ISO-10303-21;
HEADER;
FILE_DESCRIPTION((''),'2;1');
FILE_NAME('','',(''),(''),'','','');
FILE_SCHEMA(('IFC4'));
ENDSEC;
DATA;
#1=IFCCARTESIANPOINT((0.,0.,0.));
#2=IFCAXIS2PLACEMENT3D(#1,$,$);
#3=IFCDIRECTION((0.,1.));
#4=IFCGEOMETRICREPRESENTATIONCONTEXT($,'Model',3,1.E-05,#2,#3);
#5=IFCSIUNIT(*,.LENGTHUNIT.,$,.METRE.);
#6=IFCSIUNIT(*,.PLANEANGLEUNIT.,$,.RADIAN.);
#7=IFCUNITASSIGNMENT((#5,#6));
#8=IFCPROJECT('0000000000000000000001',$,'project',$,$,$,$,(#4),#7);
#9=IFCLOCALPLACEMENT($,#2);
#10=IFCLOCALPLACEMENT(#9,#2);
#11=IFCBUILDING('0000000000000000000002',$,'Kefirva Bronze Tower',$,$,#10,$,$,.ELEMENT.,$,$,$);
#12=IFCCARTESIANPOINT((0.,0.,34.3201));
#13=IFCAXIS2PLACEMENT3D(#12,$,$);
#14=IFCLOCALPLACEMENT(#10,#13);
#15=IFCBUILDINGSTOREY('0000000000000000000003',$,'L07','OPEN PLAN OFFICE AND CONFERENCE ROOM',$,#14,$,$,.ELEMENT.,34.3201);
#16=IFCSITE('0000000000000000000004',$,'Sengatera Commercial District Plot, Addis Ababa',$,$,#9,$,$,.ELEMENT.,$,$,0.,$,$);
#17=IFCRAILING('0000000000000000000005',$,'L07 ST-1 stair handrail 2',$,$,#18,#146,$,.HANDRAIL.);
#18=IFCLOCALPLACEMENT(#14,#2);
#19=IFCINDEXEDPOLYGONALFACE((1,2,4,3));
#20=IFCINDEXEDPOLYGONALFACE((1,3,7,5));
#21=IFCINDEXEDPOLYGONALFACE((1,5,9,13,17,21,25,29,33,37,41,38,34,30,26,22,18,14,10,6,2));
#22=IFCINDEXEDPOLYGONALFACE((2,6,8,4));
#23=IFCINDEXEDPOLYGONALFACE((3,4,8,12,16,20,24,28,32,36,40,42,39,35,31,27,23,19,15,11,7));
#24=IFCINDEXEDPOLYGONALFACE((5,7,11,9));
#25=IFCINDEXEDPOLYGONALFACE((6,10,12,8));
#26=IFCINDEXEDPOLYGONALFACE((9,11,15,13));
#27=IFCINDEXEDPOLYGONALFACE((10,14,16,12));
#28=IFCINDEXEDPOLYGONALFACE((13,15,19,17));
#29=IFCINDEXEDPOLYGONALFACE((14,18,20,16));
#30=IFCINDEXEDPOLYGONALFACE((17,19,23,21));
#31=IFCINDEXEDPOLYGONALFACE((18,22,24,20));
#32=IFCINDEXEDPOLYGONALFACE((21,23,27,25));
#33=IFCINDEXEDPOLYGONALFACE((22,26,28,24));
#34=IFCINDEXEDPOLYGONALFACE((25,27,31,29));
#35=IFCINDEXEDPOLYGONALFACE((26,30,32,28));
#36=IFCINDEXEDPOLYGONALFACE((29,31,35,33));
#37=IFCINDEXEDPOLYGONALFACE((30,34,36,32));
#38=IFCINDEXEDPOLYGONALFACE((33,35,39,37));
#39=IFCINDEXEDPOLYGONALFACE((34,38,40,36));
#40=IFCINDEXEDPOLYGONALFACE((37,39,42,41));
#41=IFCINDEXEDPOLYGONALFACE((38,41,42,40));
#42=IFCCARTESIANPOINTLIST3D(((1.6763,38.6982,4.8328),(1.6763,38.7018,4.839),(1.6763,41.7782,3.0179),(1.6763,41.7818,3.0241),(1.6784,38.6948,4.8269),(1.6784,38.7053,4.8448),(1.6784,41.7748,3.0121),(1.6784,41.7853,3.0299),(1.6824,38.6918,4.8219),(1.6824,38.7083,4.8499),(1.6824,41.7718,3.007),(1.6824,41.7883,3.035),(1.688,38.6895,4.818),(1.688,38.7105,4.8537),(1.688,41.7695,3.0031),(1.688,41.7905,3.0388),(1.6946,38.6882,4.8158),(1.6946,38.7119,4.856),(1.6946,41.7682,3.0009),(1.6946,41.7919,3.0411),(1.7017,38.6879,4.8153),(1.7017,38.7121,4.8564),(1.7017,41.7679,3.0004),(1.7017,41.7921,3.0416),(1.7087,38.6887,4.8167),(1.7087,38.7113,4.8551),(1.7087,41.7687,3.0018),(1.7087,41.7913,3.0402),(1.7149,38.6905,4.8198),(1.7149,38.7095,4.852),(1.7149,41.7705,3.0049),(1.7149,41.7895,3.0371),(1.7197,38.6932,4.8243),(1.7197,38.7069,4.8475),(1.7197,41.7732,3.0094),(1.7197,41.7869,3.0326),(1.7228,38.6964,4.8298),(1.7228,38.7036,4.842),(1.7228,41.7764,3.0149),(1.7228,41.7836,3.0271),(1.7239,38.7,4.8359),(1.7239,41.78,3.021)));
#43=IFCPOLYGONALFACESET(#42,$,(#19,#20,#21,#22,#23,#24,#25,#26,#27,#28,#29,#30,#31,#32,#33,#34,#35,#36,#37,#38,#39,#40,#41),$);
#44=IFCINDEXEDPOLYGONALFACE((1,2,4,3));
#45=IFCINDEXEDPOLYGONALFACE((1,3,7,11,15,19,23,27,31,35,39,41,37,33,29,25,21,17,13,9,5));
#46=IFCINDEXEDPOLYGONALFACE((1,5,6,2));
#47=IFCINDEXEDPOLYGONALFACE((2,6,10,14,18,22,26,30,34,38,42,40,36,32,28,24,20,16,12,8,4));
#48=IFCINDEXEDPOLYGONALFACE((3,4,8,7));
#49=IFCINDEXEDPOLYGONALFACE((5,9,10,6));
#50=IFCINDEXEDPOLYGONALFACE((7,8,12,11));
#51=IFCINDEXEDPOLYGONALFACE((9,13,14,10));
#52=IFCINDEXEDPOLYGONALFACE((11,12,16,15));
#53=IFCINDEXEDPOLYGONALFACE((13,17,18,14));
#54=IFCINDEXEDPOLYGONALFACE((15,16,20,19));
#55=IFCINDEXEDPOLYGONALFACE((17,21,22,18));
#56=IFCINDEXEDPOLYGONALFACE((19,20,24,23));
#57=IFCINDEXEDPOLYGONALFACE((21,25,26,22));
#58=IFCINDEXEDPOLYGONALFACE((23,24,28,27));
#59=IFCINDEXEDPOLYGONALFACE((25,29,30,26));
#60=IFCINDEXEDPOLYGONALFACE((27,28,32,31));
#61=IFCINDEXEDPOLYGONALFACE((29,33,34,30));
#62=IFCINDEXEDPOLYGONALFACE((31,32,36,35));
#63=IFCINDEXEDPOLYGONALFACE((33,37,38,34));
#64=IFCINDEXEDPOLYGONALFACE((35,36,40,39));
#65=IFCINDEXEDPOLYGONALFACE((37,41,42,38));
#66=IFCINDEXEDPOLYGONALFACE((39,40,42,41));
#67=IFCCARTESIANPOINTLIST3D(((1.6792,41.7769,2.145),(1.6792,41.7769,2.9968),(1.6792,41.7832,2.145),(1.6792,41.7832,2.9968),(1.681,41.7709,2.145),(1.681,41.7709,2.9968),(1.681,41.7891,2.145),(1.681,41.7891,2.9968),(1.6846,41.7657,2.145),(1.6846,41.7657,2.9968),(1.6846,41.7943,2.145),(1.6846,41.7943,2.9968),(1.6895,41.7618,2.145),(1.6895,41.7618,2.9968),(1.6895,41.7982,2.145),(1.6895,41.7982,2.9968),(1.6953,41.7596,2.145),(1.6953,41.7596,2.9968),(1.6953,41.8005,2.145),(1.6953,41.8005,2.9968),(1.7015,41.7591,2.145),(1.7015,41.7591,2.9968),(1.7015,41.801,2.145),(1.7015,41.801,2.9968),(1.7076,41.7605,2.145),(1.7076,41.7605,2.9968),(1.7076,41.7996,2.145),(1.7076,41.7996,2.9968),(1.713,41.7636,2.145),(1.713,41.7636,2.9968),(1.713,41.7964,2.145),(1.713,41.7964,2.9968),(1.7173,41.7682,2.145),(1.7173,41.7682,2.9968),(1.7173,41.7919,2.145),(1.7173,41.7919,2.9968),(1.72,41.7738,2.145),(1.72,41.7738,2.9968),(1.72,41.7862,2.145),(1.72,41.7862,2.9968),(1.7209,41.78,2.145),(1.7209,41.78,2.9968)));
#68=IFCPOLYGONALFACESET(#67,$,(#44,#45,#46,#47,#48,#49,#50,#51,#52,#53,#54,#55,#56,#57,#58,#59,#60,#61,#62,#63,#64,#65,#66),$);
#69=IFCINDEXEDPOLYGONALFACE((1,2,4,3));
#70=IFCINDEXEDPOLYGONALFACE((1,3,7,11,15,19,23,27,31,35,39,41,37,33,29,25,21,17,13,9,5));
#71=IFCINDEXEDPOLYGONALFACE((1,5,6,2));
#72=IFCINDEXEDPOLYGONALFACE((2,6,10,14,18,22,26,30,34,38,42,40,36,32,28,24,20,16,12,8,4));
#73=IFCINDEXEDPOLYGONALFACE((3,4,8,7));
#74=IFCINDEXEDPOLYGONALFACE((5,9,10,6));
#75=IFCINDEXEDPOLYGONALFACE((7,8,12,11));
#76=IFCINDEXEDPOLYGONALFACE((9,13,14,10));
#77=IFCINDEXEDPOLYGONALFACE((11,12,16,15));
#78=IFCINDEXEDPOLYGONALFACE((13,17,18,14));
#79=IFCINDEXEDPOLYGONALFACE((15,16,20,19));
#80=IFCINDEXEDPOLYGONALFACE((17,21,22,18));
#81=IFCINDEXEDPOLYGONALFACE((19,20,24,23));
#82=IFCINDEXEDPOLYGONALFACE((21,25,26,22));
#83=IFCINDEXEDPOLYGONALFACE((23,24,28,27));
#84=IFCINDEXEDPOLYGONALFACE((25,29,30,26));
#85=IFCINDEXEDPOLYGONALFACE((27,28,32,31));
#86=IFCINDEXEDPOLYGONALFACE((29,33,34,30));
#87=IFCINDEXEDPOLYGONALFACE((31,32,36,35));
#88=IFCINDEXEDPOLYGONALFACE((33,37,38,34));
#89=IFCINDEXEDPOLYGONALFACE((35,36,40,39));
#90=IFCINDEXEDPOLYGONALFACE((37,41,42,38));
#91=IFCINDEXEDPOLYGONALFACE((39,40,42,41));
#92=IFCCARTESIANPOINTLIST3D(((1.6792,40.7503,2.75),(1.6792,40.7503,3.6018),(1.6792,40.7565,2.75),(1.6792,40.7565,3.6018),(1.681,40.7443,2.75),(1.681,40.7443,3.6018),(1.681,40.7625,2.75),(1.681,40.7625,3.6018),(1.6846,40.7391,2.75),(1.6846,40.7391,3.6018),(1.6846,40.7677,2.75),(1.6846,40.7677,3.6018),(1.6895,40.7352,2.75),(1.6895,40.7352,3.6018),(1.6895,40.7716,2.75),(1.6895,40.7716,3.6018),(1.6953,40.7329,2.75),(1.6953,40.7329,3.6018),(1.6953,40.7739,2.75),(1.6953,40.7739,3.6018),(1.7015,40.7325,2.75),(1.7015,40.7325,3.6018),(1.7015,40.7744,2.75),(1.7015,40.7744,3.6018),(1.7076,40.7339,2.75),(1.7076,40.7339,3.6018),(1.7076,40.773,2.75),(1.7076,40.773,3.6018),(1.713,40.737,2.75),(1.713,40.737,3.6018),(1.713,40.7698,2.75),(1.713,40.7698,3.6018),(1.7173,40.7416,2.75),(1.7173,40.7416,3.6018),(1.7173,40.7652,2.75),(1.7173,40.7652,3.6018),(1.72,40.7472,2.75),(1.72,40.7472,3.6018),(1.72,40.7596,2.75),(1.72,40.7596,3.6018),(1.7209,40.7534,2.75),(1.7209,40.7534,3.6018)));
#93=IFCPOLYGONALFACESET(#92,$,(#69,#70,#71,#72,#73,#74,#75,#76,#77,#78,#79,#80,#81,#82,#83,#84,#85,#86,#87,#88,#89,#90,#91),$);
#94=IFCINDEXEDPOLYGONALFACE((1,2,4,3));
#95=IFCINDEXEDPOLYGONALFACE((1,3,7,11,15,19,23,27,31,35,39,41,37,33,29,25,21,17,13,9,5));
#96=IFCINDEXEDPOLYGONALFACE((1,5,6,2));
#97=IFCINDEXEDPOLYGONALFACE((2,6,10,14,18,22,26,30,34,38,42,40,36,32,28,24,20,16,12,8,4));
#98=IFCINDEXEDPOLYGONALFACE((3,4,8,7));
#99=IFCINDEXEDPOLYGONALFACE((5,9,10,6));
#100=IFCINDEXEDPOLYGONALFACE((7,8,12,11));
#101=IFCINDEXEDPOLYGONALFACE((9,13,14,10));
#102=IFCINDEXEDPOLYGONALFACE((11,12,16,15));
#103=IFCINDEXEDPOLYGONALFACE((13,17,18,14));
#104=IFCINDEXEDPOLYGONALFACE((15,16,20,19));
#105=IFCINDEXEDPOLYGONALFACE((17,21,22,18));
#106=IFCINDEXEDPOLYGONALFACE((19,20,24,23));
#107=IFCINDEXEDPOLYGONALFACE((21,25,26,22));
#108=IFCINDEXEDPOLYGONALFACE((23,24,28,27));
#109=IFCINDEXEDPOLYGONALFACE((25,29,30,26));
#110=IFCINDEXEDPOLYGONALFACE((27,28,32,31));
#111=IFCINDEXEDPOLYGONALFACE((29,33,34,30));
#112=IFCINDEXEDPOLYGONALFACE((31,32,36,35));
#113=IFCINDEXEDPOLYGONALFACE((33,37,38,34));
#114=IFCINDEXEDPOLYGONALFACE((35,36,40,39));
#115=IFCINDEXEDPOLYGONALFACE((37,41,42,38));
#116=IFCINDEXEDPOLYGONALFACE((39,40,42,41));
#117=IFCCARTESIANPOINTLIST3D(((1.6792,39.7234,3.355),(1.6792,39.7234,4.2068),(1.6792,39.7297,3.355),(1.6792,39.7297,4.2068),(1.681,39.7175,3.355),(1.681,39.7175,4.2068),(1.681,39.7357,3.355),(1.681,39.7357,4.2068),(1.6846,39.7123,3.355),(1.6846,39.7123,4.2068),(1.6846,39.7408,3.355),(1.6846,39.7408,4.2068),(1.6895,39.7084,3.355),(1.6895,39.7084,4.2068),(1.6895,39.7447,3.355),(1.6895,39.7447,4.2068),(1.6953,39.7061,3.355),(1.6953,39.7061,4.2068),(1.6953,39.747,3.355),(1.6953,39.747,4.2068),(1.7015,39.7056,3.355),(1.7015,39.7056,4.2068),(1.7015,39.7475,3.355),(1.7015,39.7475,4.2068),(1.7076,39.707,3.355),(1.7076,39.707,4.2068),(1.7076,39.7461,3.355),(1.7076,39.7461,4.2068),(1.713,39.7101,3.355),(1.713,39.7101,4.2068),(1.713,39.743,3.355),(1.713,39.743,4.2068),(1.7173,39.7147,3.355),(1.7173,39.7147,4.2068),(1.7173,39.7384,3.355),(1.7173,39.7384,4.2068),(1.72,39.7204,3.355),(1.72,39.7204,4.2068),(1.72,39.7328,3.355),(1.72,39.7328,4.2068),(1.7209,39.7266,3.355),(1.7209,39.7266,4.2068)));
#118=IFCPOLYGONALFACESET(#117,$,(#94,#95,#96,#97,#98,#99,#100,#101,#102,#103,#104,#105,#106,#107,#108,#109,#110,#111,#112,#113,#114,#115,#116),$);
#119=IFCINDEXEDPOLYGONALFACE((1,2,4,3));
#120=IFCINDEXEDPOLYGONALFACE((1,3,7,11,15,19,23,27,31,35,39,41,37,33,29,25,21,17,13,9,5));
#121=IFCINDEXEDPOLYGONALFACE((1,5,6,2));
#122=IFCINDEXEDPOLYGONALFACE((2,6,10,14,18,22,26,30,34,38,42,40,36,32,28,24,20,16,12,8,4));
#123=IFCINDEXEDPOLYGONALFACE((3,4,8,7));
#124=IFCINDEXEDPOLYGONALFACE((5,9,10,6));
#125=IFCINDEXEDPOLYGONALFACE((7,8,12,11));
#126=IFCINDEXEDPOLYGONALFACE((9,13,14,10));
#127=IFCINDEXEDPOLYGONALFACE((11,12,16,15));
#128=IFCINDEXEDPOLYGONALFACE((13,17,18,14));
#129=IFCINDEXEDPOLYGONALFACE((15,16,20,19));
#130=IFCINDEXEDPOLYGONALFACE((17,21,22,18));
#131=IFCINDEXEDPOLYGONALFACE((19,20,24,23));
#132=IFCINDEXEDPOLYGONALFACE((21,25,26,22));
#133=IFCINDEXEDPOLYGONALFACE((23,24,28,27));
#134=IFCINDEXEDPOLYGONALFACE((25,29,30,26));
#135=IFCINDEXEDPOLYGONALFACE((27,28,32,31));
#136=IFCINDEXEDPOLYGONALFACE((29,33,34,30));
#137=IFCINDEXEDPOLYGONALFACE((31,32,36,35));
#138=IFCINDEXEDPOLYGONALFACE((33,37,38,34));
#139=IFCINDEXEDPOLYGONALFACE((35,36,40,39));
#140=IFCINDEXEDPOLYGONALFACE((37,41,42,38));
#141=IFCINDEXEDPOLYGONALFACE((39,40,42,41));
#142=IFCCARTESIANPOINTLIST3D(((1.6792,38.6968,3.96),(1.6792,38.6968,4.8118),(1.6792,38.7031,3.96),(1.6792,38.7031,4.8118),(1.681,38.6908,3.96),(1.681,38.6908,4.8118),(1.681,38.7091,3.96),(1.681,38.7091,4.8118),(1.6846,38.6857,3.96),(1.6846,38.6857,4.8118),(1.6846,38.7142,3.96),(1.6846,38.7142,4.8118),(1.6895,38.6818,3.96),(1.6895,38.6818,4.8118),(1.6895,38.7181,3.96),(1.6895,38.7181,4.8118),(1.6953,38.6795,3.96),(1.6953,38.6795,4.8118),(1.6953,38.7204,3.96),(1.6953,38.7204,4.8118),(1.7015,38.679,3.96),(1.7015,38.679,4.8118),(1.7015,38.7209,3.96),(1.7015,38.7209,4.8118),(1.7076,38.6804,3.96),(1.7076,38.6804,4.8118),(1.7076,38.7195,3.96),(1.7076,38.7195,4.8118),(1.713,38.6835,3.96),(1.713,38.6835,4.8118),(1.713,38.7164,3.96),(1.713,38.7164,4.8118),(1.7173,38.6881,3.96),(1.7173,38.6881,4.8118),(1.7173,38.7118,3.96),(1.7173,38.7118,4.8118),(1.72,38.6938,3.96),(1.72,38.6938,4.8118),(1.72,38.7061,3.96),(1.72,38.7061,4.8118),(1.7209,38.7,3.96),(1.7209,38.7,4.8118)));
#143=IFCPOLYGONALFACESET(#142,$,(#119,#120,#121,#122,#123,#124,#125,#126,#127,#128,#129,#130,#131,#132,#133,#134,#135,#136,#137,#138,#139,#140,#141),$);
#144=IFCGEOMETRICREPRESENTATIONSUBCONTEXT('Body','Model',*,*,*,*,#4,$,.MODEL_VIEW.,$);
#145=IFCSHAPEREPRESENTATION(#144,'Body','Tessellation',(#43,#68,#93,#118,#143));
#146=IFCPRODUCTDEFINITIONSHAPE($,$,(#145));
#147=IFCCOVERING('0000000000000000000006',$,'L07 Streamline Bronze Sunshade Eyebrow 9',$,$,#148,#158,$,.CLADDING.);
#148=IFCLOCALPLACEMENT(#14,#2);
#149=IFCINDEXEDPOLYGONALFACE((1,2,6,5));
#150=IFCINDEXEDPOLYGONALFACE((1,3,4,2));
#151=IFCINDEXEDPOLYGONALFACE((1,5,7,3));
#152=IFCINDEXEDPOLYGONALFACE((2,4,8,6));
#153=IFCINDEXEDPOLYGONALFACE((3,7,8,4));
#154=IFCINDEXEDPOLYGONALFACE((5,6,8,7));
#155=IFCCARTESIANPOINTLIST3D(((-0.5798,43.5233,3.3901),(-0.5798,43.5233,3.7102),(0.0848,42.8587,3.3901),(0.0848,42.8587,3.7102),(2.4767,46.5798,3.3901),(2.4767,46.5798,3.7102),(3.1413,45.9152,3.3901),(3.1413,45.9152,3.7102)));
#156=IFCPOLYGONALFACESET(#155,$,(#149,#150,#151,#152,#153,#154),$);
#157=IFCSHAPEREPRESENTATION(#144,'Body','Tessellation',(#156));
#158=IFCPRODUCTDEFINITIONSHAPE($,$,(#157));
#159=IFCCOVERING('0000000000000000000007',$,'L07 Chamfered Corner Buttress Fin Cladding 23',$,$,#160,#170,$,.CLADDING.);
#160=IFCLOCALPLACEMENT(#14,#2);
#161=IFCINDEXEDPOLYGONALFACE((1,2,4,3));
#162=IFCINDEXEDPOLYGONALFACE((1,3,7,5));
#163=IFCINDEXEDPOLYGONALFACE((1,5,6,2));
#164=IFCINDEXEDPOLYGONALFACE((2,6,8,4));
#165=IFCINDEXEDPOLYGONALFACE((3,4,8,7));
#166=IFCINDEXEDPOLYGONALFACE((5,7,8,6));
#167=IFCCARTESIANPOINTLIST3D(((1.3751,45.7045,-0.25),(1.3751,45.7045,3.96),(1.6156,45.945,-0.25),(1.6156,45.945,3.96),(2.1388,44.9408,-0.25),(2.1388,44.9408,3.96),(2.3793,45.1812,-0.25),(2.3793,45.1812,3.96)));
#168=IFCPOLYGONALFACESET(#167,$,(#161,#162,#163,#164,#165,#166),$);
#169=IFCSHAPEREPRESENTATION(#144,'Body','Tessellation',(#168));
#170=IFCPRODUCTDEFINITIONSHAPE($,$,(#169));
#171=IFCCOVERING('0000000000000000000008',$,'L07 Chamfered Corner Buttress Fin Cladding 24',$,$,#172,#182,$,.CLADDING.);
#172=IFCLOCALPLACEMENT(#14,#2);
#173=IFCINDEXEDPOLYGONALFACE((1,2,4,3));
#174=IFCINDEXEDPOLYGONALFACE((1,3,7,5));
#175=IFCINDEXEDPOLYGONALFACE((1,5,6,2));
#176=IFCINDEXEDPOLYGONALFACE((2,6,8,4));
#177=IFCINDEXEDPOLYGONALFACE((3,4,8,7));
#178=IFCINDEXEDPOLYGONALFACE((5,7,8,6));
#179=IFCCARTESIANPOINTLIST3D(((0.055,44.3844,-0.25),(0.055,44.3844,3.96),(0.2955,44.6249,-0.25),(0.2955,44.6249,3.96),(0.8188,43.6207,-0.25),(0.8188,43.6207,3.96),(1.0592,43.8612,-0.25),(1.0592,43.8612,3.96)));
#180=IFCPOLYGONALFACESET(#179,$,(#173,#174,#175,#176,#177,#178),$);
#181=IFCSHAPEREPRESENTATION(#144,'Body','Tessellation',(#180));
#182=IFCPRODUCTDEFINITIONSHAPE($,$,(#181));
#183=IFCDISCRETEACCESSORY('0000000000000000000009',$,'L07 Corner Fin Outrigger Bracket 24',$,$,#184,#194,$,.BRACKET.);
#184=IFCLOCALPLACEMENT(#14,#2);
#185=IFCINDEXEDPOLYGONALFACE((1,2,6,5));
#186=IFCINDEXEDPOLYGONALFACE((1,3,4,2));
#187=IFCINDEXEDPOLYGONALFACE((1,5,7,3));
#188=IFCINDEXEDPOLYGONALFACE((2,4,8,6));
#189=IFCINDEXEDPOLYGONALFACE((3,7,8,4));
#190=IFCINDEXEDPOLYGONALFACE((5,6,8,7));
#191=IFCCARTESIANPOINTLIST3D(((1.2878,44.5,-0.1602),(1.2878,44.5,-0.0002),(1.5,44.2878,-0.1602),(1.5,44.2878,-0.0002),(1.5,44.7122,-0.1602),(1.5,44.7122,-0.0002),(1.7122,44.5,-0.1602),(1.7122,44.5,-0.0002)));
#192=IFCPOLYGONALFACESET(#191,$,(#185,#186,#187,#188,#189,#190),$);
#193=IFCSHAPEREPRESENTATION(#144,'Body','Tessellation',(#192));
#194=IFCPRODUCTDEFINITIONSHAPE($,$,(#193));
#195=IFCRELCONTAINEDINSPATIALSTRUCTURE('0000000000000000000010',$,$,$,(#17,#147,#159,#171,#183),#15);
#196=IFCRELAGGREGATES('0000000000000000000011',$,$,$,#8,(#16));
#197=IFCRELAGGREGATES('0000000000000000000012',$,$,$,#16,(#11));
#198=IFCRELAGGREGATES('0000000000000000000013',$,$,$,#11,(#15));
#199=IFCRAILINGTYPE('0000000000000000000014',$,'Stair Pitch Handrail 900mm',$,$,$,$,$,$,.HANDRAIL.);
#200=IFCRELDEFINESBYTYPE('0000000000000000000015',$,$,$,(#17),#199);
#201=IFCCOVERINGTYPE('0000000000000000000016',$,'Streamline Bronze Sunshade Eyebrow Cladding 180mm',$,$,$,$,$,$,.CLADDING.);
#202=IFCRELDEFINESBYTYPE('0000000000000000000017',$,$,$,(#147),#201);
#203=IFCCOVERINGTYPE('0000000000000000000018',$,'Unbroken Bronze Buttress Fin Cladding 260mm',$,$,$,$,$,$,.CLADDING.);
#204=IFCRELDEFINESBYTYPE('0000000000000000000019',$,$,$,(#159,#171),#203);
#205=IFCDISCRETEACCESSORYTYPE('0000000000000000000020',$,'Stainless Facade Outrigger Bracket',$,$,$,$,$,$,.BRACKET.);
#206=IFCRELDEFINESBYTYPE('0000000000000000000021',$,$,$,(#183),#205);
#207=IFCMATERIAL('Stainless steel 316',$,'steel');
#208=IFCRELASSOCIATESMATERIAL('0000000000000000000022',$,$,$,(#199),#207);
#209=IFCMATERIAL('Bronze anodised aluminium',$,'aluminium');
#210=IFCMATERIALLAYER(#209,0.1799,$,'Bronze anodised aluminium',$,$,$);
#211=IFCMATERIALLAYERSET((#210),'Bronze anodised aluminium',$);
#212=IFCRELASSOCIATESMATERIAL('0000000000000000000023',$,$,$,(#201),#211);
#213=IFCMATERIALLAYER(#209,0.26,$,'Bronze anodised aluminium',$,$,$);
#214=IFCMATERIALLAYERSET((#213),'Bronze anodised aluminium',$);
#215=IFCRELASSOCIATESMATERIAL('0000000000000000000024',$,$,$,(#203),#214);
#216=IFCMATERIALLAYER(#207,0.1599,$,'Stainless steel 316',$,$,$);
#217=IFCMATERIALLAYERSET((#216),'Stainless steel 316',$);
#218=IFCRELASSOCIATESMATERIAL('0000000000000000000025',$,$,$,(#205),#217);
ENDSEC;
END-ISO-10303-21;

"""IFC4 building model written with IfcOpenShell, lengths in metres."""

from ifc_helpers import new_model, si_unit, direction, frame, origin, origin_2d, place, context, subcontext, project, spatial, rectangle, circle, extrude, material, layer, layer_set, type_object, element, save


model = new_model("IFC4")

# Units and contexts
model_context = context("Model", 3, precision=1e-05, world=origin(), true_north=direction((0.0, 1.0)))
body_context = subcontext(model_context, "Body", "Model", "MODEL_VIEW")
ifc_project = project(units=[si_unit("LENGTHUNIT", "METRE"), si_unit("PLANEANGLEUNIT", "RADIAN")], contexts=[model_context])

# Site, building, storey
site_placement = place(None, origin())
site = spatial("IfcSite", under=ifc_project, at=site_placement, Name="Sengatera Commercial District Plot, Addis Ababa", CompositionType="ELEMENT", RefElevation=0.0)
building_placement = place(site_placement, origin())
building = spatial("IfcBuilding", under=site, at=building_placement, Name="Kefirva Bronze Tower", CompositionType="ELEMENT")
storey_placement = place(building_placement, frame((0.0, 0.0, 34.3201)))
storey = spatial("IfcBuildingStorey", under=building, at=storey_placement, Name="L07", Description="OPEN PLAN OFFICE AND CONFERENCE ROOM", CompositionType="ELEMENT", Elevation=34.3201)

# Shared definitions
ifc_material_1 = material(Name="Bronze anodised aluminium", Category="aluminium")

# Railing
ifc_material_2 = material(Name="Stainless steel 316", Category="steel")
railing_type_1 = type_object("IfcRailingType", Name="Stair Pitch Handrail 900mm", PredefinedType="HANDRAIL", material=ifc_material_2)
railing_1_placement = place(storey_placement, frame((1.7, 41.78, 2.145)))
element("IfcRailing", 1, at=railing_1_placement, inside=storey, type_object=railing_type_1, Name="L07 ST-1 stair handrail 2", PredefinedType="HANDRAIL", context=body_context, shape_type="SweptSolid", body=[
    extrude(circle(Radius=0.0239, at=origin_2d()), frame((0.0, 0.0, 0.876), z_axis=(0.0, -0.861551, 0.507671), x_axis=(1.0, 0.0, 0.0)), (0.0, 0.0, 1.0), 3.575),
    extrude(circle(Radius=0.021, at=origin_2d()), origin(), (0.0, 0.0, 1.0), 0.8518),
    extrude(circle(Radius=0.021, at=origin_2d()), frame((0.0, -1.0266, 0.605)), (0.0, 0.0, 1.0), 0.8518),
    extrude(circle(Radius=0.021, at=origin_2d()), frame((0.0, -2.0535, 1.21)), (0.0, 0.0, 1.0), 0.8518),
    extrude(circle(Radius=0.021, at=origin_2d()), frame((0.0, -3.0801, 1.8149)), (0.0, 0.0, 1.0), 0.8518),
])

# Coverings
ifc_layer_1 = layer(ifc_material_1, 0.1799, Name="Bronze anodised aluminium")
ifc_layer_set_1 = layer_set([ifc_layer_1], Name="Bronze anodised aluminium")
covering_type_1 = type_object("IfcCoveringType", Name="Streamline Bronze Sunshade Eyebrow Cladding 180mm", PredefinedType="CLADDING", material=ifc_layer_set_1)
covering_1_placement = place(storey_placement, frame((1.2808, 44.7192, 3.3901), z_axis=(0.0, 0.0, 1.0), x_axis=(-0.707107, -0.707107, 0.0)))
element("IfcCovering", 2, at=covering_1_placement, inside=storey, type_object=covering_type_1, Name="L07 Streamline Bronze Sunshade Eyebrow 9", PredefinedType="CLADDING", context=body_context, shape_type="SweptSolid", body=[
    extrude(rectangle(XDim=4.3225, YDim=0.9399, at=origin_2d()), origin(), (0.0, 0.0, 1.0), 0.3201),
])
ifc_layer_2 = layer(ifc_material_1, 0.26, Name="Bronze anodised aluminium")
ifc_layer_set_2 = layer_set([ifc_layer_2], Name="Bronze anodised aluminium")
covering_type_2 = type_object("IfcCoveringType", Name="Unbroken Bronze Buttress Fin Cladding 260mm", PredefinedType="CLADDING", material=ifc_layer_set_2)
for number, where, z_axis, x_axis, name in (
    (3, (1.8772, 45.4429, -0.25), (0.0, 0.0, 1.0), (-0.707107, -0.707107, 0.0), "L07 Chamfered Corner Buttress Fin Cladding 23"),
    (4, (0.5571, 44.1228, -0.25), (0.0, 0.0, 1.0), (-0.707107, -0.707107, 0.0), "L07 Chamfered Corner Buttress Fin Cladding 24"),
):
    element("IfcCovering", number, at=place(storey_placement, frame(where, z_axis=z_axis, x_axis=x_axis)), inside=storey, type_object=covering_type_2, Name=name, PredefinedType="CLADDING", context=body_context, shape_type="SweptSolid", body=[
        extrude(rectangle(XDim=0.3401, YDim=1.0801, at=origin_2d()), origin(), (0.0, 0.0, 1.0), 4.21),
    ])

# Discrete accessory
ifc_layer_3 = layer(ifc_material_2, 0.1599, Name="Stainless steel 316")
ifc_layer_set_3 = layer_set([ifc_layer_3], Name="Stainless steel 316")
discrete_accessory_type = type_object("IfcDiscreteAccessoryType", Name="Stainless Facade Outrigger Bracket", PredefinedType="BRACKET", material=ifc_layer_set_3)
discrete_accessory_placement = place(storey_placement, frame((1.5, 44.5, -0.1602), z_axis=(0.0, 0.0, 1.0), x_axis=(-0.707107, -0.707107, 0.0)))
element("IfcDiscreteAccessory", 5, at=discrete_accessory_placement, inside=storey, type_object=discrete_accessory_type, Name="L07 Corner Fin Outrigger Bracket 24", PredefinedType="BRACKET", context=body_context, shape_type="SweptSolid", body=[
    extrude(rectangle(XDim=0.3, YDim=0.3, at=origin_2d()), origin(), (0.0, 0.0, 1.0), 0.1599),
])

save(model, "model.ifc")
